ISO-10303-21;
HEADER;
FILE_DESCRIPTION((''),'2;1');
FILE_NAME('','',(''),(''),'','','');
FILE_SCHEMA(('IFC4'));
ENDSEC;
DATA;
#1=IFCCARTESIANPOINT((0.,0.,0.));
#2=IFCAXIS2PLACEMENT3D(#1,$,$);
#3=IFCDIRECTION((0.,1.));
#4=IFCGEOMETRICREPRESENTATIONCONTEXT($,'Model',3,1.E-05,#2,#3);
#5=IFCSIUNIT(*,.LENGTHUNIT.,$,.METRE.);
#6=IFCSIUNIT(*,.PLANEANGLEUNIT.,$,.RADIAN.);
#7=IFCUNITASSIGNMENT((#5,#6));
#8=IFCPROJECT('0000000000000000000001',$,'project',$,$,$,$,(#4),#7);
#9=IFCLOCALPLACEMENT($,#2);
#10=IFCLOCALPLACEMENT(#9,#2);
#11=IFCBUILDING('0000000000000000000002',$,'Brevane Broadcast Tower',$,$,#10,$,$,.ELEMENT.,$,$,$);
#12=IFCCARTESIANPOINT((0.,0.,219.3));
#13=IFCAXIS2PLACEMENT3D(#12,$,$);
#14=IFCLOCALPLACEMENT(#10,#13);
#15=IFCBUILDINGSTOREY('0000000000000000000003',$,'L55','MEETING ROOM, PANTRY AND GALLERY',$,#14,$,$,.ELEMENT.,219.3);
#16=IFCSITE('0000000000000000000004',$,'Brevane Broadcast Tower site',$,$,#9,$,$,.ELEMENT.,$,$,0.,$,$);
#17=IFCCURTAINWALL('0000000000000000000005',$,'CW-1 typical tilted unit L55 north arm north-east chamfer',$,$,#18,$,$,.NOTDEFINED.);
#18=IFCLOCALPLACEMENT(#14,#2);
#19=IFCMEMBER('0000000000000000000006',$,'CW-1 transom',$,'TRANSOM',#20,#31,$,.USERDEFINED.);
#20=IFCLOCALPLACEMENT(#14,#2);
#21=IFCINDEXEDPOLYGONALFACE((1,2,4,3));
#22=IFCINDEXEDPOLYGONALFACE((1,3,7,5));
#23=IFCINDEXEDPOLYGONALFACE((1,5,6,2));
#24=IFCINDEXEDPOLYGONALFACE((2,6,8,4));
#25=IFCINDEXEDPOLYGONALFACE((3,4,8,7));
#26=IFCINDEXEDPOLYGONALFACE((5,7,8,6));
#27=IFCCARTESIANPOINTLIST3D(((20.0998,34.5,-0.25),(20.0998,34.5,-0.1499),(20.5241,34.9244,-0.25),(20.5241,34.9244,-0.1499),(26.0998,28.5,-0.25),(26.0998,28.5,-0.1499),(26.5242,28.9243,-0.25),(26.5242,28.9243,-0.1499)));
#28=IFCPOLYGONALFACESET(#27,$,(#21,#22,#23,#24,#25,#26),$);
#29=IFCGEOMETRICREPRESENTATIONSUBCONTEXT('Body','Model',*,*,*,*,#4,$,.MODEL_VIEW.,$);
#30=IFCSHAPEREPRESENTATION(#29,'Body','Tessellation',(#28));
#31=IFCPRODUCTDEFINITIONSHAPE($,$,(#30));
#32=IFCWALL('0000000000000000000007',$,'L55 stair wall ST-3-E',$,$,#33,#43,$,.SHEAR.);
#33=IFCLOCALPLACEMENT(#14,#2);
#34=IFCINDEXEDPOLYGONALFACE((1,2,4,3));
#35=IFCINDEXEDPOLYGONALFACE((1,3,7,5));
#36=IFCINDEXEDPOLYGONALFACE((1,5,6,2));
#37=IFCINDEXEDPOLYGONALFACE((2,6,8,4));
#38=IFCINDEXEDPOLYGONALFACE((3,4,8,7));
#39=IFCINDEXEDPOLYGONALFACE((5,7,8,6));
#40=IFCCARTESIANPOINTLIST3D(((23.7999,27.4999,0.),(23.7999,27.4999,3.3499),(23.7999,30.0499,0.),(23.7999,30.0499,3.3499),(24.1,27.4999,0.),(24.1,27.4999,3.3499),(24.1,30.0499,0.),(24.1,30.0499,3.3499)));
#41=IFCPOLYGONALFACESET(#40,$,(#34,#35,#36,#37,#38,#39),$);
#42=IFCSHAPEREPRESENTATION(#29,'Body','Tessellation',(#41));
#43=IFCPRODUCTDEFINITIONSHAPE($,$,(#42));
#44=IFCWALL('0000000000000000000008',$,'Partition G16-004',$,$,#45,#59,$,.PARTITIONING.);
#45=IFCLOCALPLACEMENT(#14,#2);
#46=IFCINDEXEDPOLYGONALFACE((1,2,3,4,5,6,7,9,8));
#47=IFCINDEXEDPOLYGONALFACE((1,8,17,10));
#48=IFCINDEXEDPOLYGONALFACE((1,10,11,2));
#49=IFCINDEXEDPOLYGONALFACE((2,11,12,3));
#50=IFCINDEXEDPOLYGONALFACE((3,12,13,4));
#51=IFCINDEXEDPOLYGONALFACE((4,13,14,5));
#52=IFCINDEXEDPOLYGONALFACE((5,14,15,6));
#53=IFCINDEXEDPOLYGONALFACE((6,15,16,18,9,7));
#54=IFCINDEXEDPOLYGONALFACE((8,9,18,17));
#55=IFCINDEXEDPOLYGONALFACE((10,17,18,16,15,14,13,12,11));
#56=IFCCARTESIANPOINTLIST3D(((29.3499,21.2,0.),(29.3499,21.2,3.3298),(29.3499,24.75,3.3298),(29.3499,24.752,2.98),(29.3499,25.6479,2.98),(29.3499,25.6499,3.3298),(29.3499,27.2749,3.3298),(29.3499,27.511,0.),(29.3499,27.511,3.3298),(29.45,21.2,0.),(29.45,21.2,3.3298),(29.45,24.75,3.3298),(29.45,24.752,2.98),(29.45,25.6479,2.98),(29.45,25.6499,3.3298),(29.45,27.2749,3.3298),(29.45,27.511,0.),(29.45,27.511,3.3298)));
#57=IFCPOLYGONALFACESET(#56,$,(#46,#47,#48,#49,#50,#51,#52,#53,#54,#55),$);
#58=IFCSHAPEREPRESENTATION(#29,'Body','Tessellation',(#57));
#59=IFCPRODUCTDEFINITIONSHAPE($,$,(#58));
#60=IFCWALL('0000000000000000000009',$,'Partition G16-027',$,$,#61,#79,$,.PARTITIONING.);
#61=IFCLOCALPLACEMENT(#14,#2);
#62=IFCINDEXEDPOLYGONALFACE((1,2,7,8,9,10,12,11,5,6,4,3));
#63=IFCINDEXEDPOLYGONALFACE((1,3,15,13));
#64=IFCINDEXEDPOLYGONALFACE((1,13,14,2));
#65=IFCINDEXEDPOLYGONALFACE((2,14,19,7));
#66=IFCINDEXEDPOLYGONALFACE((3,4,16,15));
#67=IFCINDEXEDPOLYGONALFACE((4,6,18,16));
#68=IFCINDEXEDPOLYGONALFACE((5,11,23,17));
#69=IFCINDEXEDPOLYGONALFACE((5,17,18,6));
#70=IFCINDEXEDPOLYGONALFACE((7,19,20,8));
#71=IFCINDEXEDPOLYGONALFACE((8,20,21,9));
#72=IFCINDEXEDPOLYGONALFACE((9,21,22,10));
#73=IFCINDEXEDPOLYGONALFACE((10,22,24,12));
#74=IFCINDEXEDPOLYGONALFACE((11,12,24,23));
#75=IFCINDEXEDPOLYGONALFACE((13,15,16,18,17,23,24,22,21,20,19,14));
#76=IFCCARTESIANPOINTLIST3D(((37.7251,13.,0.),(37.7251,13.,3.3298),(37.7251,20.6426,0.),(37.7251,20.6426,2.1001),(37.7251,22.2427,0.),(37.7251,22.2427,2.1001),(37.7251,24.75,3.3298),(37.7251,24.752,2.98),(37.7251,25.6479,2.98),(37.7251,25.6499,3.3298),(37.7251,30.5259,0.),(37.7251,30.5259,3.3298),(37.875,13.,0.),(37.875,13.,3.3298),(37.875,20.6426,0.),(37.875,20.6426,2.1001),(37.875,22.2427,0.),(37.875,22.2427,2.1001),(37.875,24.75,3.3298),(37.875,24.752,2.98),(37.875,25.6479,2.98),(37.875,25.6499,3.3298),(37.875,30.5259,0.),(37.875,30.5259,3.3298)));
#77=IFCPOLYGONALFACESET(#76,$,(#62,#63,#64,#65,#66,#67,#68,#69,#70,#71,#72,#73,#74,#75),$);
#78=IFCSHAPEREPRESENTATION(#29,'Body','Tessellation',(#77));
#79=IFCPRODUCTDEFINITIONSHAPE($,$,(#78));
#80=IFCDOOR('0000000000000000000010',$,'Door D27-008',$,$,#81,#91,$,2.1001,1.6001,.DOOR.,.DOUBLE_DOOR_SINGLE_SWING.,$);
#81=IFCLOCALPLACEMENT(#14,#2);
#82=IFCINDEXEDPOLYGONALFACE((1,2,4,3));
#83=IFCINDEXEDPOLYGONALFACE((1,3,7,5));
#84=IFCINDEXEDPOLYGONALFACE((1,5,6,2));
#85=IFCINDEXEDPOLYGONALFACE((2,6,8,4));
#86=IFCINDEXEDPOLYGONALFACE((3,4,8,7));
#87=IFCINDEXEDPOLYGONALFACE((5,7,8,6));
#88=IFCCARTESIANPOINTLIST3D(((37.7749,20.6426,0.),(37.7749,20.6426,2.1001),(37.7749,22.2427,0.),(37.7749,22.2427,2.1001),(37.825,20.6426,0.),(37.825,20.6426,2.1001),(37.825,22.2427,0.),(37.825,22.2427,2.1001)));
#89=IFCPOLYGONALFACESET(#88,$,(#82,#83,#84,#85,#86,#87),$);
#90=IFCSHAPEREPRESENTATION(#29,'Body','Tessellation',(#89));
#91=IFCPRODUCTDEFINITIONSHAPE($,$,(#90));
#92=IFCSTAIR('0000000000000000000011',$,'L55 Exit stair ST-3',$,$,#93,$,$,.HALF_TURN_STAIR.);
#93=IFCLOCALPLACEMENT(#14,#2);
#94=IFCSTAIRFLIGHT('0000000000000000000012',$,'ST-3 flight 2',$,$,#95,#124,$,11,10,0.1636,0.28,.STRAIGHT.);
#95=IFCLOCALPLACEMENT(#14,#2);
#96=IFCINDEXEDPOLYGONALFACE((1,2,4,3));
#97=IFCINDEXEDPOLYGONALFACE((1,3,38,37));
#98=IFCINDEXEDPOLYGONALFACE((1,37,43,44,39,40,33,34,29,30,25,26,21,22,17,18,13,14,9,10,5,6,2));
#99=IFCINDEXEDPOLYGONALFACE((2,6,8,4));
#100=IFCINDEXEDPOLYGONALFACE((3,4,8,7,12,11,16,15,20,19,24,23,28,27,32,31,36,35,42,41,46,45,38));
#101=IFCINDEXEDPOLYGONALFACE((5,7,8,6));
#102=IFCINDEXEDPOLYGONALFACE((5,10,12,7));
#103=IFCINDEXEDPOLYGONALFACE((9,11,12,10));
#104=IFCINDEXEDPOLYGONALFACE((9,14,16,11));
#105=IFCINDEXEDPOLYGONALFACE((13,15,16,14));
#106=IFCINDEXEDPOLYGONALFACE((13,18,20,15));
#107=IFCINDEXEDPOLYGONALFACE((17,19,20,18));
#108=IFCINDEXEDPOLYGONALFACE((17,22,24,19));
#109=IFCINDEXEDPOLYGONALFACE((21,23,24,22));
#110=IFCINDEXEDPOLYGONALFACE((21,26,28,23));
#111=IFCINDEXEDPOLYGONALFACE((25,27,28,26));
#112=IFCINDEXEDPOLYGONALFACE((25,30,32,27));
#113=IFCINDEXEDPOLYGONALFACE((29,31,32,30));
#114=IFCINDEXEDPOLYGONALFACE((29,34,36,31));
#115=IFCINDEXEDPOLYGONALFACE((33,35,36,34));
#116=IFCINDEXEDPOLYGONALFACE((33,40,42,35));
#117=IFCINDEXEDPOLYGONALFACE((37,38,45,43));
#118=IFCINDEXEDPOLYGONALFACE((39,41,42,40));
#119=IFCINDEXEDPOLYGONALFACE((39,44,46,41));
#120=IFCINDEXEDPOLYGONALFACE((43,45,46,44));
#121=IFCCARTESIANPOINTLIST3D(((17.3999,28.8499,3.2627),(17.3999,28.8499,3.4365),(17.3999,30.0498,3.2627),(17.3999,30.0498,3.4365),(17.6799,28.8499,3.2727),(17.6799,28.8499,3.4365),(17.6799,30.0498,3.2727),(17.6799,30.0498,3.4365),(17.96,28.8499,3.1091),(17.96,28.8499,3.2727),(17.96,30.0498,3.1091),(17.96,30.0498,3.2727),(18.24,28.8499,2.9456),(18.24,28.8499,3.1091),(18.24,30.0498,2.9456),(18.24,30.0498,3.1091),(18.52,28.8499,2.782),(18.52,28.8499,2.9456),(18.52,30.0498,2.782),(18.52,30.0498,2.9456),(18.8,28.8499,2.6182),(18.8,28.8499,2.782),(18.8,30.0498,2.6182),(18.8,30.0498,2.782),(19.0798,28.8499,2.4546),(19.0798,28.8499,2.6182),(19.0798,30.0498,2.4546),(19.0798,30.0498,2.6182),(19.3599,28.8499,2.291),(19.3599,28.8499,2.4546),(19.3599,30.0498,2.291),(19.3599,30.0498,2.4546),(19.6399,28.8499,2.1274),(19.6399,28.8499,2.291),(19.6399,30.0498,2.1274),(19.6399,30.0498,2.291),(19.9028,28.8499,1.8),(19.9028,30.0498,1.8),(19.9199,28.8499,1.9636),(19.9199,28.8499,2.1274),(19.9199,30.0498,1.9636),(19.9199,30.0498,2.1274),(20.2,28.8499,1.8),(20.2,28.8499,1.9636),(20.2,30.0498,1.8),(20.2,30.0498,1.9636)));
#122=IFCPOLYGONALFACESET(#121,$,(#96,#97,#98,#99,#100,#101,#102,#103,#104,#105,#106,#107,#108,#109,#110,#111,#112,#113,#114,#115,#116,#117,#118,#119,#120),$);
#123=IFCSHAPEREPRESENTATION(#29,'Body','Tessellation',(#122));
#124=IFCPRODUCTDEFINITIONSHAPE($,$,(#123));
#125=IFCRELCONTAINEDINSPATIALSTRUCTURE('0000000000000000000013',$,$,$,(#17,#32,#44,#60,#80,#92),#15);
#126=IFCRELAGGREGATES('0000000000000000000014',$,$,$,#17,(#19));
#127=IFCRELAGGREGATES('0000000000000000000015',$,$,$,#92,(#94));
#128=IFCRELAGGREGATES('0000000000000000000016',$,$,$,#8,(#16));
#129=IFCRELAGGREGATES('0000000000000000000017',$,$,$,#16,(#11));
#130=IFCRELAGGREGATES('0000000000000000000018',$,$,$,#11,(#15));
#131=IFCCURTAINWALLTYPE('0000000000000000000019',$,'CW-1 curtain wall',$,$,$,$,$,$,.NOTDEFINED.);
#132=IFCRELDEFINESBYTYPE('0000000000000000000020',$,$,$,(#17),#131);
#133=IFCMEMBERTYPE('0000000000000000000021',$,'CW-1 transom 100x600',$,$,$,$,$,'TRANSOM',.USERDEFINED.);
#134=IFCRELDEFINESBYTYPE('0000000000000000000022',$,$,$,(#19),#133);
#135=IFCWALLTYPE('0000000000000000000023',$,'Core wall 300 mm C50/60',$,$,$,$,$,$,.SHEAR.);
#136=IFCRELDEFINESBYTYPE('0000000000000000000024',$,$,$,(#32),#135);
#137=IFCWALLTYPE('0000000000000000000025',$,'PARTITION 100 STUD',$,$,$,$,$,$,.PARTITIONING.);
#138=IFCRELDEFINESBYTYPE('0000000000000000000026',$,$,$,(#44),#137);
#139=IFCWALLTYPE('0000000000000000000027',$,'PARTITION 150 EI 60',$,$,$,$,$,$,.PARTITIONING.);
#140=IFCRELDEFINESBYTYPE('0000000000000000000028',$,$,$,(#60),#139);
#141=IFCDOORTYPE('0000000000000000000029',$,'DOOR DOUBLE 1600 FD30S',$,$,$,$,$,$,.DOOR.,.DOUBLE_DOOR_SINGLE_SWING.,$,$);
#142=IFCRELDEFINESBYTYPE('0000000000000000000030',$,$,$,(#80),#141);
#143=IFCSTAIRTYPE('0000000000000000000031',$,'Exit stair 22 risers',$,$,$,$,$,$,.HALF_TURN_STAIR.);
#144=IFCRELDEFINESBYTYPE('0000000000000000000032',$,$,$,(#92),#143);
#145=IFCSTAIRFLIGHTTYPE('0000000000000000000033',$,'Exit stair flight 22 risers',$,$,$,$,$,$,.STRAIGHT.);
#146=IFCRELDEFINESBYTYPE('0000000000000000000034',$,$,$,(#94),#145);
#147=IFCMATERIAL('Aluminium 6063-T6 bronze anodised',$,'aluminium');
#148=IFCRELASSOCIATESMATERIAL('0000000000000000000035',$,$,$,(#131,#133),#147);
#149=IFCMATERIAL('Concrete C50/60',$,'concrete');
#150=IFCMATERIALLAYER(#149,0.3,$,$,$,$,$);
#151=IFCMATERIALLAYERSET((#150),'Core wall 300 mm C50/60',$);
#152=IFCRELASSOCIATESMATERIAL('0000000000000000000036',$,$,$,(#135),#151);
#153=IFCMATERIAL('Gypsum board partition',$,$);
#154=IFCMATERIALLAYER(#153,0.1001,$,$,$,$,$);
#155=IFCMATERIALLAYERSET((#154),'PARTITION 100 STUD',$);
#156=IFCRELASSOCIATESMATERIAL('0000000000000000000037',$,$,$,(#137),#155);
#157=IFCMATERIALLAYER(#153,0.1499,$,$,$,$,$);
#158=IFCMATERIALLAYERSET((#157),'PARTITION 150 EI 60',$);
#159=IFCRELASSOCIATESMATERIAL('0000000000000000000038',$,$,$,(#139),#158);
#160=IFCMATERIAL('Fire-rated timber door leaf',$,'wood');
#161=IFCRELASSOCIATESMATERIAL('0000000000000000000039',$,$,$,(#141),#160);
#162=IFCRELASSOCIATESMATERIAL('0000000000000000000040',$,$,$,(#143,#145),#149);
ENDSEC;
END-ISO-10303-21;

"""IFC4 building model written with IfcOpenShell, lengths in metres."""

from ifc_helpers import new_model, si_unit, direction, frame, frame_2d, origin, origin_2d, place, context, subcontext, project, spatial, polyline, rectangle, outline, extrude, material, layer, layer_set, material_profile, profile_set, type_object, element, fill, aggregate, save


model = new_model("IFC4")

# Units and contexts
model_context = context("Model", 3, precision=1e-05, world=origin(), true_north=direction((0.0, 1.0)))
body_context = subcontext(model_context, "Body", "Model", "MODEL_VIEW")
ifc_project = project(units=[si_unit("LENGTHUNIT", "METRE"), si_unit("PLANEANGLEUNIT", "RADIAN")], contexts=[model_context])

# Site, building, storey
site_placement = place(None, origin())
site = spatial("IfcSite", under=ifc_project, at=site_placement, Name="Brevane Broadcast Tower site", CompositionType="ELEMENT", RefElevation=0.0)
building_placement = place(site_placement, origin())
building = spatial("IfcBuilding", under=site, at=building_placement, Name="Brevane Broadcast Tower", CompositionType="ELEMENT")
storey_placement = place(building_placement, frame((0.0, 0.0, 219.3)))
storey = spatial("IfcBuildingStorey", under=building, at=storey_placement, Name="L55", Description="MEETING ROOM, PANTRY AND GALLERY", CompositionType="ELEMENT", Elevation=219.3)

# Curtain wall
ifc_material_1 = material(Name="Aluminium 6063-T6 bronze anodised", Category="aluminium")
curtain_wall_type = type_object("IfcCurtainWallType", Name="CW-1 curtain wall", PredefinedType="NOTDEFINED", material=ifc_material_1)
curtain_wall_1_placement = place(storey_placement, origin())
curtain_wall_1 = element("IfcCurtainWall", 1, at=curtain_wall_1_placement, inside=storey, type_object=curtain_wall_type, Name="CW-1 typical tilted unit L55 north arm north-east chamfer", PredefinedType="NOTDEFINED")

# Member
ifc_material_profile_1 = material_profile(ifc_material_1, rectangle(XDim=0.6001, YDim=0.1001, at=origin_2d()), Name="RECT 100x600")
ifc_profile_set_1 = profile_set([ifc_material_profile_1], Name="Aluminium 6063-T6 bronze anodised")
member_type_1 = type_object("IfcMemberType", Name="CW-1 transom 100x600", ElementType="TRANSOM", PredefinedType="USERDEFINED", material=ifc_profile_set_1)
member_1_placement = place(storey_placement, frame((26.312, 28.7122, -0.2), z_axis=(-0.707107, 0.707107, 0.0), x_axis=(-0.707107, -0.707107, 0.0)))
member_1 = element("IfcMember", 2, at=member_1_placement, type_object=member_type_1, Name="CW-1 transom", ObjectType="TRANSOM", PredefinedType="USERDEFINED", context=body_context, shape_type="SweptSolid", body=[
    extrude(rectangle(XDim=0.6001, YDim=0.1001, at=origin_2d()), origin(), (0.0, 0.0, 1.0), 8.4854),
])
aggregate(curtain_wall_1, [member_1])

# Walls
ifc_material_2 = material(Name="Concrete C50/60", Category="concrete")
ifc_layer_1 = layer(ifc_material_2, 0.3)
ifc_layer_set_1 = layer_set([ifc_layer_1], Name="Core wall 300 mm C50/60")
wall_type_1 = type_object("IfcWallType", Name="Core wall 300 mm C50/60", PredefinedType="SHEAR", material=ifc_layer_set_1)
wall_1_placement = place(storey_placement, frame((23.95, 27.5, 0.0), z_axis=(0.0, 0.0, 1.0), x_axis=(0.0, 1.0, 0.0)))
element("IfcWall", 3, at=wall_1_placement, inside=storey, type_object=wall_type_1, Name="L55 stair wall ST-3-E", PredefinedType="SHEAR", context=body_context, shape_type="SweptSolid", body=[
    extrude(rectangle(XDim=2.55, YDim=0.3, at=frame_2d((1.2749, 0.0))), origin(), (0.0, 0.0, 1.0), 3.3499),
])
ifc_material_3 = material(Name="Gypsum board partition")
ifc_layer_2 = layer(ifc_material_3, 0.1001)
ifc_layer_set_2 = layer_set([ifc_layer_2], Name="PARTITION 100 STUD")
wall_type_2 = type_object("IfcWallType", Name="PARTITION 100 STUD", PredefinedType="PARTITIONING", material=ifc_layer_set_2)
wall_2_placement = place(storey_placement, frame((29.3999, 27.511, 0.0), z_axis=(0.0, 0.0, 1.0), x_axis=(0.0, -1.0, 0.0)))
element("IfcWall", 4, at=wall_2_placement, inside=storey, type_object=wall_type_2, Name="Partition G16-004", PredefinedType="PARTITIONING", context=body_context, shape_type="SweptSolid", body=[
    extrude(outline(polyline([(0.0, 0.0), (6.311, 0.0), (6.311, 3.3298), (2.761, 3.3298), (2.759, 2.98), (1.863, 2.98), (1.8611, 3.3298), (0.2361, 3.3298), (0.0, 3.3298), (0.0, 0.0)])), frame((0.0, 0.05, 0.0), z_axis=(0.0, -1.0, 0.0), x_axis=(1.0, 0.0, 0.0)), (0.0, 0.0, 1.0), 0.1001),
])

# Wall, opening, door
ifc_layer_3 = layer(ifc_material_3, 0.1499)
ifc_layer_set_3 = layer_set([ifc_layer_3], Name="PARTITION 150 EI 60")
wall_type_3 = type_object("IfcWallType", Name="PARTITION 150 EI 60", PredefinedType="PARTITIONING", material=ifc_layer_set_3)
wall_3_placement = place(storey_placement, frame((37.8, 30.5259, 0.0), z_axis=(0.0, 0.0, 1.0), x_axis=(0.0, -1.0, 0.0)))
wall_3 = element("IfcWall", 5, at=wall_3_placement, inside=storey, type_object=wall_type_3, Name="Partition G16-027", PredefinedType="PARTITIONING", context=body_context, shape_type="SweptSolid", body=[
    extrude(outline(polyline([(0.0, 0.0), (17.5259, 0.0), (17.5259, 3.3298), (5.7759, 3.3298), (5.7739, 2.98), (4.8779, 2.98), (4.876, 3.3298), (0.2832, 3.3298), (0.0, 3.3298), (0.0, 0.0)])), frame((0.0, 0.075, 0.0), z_axis=(0.0, -1.0, 0.0), x_axis=(1.0, 0.0, 0.0)), (0.0, 0.0, 1.0), 0.1499),
])
opening_placement = place(wall_3_placement, frame((8.2832, 0.0, 0.0)))
opening = element("IfcOpeningElement", 6, at=opening_placement, cuts=wall_3, PredefinedType="OPENING", context=body_context, shape_type="SweptSolid", body=[
    extrude(rectangle(XDim=1.6001, YDim=2.1001, at=frame_2d((0.8, 1.05))), frame((0.0, 0.085, 0.0), z_axis=(0.0, -1.0, 0.0), x_axis=(1.0, 0.0, 0.0)), (0.0, 0.0, 1.0), 0.1699),
])
ifc_material_4 = material(Name="Fire-rated timber door leaf", Category="wood")
door_type = type_object("IfcDoorType", Name="DOOR DOUBLE 1600 FD30S", OperationType="DOUBLE_DOOR_SINGLE_SWING", PredefinedType="DOOR", material=ifc_material_4)
door_placement = place(opening_placement, origin())
door = element("IfcDoor", 7, at=door_placement, inside=storey, type_object=door_type, Name="Door D27-008", OperationType="DOUBLE_DOOR_SINGLE_SWING", OverallHeight=2.1001, OverallWidth=1.6001, PredefinedType="DOOR", context=body_context, shape_type="SweptSolid", body=[
    extrude(rectangle(XDim=1.6001, YDim=2.1001, at=frame_2d((0.8, 1.05))), frame((0.0, 0.0249, 0.0), z_axis=(0.0, -1.0, 0.0), x_axis=(1.0, 0.0, 0.0)), (0.0, 0.0, 1.0), 0.05),
])
fill(opening, door)

# Stair, stair flight
stair_type = type_object("IfcStairType", Name="Exit stair 22 risers", PredefinedType="HALF_TURN_STAIR", material=ifc_material_2)
stair_placement = place(storey_placement, origin())
stair = element("IfcStair", 8, at=stair_placement, inside=storey, type_object=stair_type, Name="L55 Exit stair ST-3", PredefinedType="HALF_TURN_STAIR")
stair_flight_type = type_object("IfcStairFlightType", Name="Exit stair flight 22 risers", PredefinedType="STRAIGHT", material=ifc_material_2)
stair_flight_placement = place(storey_placement, frame((20.2, 29.45, 1.8), z_axis=(0.0, 0.0, 1.0), x_axis=(-1.0, 0.0, 0.0)))
stair_flight = element("IfcStairFlight", 9, at=stair_flight_placement, type_object=stair_flight_type, Name="ST-3 flight 2", NumberOfRisers=11, NumberOfTreads=10, PredefinedType="STRAIGHT", RiserHeight=0.1636, TreadLength=0.28, context=body_context, shape_type="SweptSolid", body=[
    extrude(outline(polyline([(0.0, 0.0), (0.0, 0.1636), (0.28, 0.1636), (0.28, 0.3274), (0.5601, 0.3274), (0.5601, 0.491), (0.8401, 0.491), (0.8401, 0.6545), (1.1201, 0.6545), (1.1201, 0.8181), (1.3999, 0.8181), (1.3999, 0.9819), (1.6799, 0.9819), (1.6799, 1.1455), (1.96, 1.1455), (1.96, 1.3091), (2.24, 1.3091), (2.24, 1.4727), (2.52, 1.4727), (2.52, 1.6365), (2.8, 1.6365), (2.8, 1.8), (2.8, 1.4626), (0.2971, 0.0), (0.0, 0.0)])), frame((0.0, 0.6001, 0.0), z_axis=(0.0, -1.0, 0.0), x_axis=(1.0, 0.0, 0.0)), (0.0, 0.0, 1.0), 1.2),
])
aggregate(stair, [stair_flight])

save(model, "model.ifc")
